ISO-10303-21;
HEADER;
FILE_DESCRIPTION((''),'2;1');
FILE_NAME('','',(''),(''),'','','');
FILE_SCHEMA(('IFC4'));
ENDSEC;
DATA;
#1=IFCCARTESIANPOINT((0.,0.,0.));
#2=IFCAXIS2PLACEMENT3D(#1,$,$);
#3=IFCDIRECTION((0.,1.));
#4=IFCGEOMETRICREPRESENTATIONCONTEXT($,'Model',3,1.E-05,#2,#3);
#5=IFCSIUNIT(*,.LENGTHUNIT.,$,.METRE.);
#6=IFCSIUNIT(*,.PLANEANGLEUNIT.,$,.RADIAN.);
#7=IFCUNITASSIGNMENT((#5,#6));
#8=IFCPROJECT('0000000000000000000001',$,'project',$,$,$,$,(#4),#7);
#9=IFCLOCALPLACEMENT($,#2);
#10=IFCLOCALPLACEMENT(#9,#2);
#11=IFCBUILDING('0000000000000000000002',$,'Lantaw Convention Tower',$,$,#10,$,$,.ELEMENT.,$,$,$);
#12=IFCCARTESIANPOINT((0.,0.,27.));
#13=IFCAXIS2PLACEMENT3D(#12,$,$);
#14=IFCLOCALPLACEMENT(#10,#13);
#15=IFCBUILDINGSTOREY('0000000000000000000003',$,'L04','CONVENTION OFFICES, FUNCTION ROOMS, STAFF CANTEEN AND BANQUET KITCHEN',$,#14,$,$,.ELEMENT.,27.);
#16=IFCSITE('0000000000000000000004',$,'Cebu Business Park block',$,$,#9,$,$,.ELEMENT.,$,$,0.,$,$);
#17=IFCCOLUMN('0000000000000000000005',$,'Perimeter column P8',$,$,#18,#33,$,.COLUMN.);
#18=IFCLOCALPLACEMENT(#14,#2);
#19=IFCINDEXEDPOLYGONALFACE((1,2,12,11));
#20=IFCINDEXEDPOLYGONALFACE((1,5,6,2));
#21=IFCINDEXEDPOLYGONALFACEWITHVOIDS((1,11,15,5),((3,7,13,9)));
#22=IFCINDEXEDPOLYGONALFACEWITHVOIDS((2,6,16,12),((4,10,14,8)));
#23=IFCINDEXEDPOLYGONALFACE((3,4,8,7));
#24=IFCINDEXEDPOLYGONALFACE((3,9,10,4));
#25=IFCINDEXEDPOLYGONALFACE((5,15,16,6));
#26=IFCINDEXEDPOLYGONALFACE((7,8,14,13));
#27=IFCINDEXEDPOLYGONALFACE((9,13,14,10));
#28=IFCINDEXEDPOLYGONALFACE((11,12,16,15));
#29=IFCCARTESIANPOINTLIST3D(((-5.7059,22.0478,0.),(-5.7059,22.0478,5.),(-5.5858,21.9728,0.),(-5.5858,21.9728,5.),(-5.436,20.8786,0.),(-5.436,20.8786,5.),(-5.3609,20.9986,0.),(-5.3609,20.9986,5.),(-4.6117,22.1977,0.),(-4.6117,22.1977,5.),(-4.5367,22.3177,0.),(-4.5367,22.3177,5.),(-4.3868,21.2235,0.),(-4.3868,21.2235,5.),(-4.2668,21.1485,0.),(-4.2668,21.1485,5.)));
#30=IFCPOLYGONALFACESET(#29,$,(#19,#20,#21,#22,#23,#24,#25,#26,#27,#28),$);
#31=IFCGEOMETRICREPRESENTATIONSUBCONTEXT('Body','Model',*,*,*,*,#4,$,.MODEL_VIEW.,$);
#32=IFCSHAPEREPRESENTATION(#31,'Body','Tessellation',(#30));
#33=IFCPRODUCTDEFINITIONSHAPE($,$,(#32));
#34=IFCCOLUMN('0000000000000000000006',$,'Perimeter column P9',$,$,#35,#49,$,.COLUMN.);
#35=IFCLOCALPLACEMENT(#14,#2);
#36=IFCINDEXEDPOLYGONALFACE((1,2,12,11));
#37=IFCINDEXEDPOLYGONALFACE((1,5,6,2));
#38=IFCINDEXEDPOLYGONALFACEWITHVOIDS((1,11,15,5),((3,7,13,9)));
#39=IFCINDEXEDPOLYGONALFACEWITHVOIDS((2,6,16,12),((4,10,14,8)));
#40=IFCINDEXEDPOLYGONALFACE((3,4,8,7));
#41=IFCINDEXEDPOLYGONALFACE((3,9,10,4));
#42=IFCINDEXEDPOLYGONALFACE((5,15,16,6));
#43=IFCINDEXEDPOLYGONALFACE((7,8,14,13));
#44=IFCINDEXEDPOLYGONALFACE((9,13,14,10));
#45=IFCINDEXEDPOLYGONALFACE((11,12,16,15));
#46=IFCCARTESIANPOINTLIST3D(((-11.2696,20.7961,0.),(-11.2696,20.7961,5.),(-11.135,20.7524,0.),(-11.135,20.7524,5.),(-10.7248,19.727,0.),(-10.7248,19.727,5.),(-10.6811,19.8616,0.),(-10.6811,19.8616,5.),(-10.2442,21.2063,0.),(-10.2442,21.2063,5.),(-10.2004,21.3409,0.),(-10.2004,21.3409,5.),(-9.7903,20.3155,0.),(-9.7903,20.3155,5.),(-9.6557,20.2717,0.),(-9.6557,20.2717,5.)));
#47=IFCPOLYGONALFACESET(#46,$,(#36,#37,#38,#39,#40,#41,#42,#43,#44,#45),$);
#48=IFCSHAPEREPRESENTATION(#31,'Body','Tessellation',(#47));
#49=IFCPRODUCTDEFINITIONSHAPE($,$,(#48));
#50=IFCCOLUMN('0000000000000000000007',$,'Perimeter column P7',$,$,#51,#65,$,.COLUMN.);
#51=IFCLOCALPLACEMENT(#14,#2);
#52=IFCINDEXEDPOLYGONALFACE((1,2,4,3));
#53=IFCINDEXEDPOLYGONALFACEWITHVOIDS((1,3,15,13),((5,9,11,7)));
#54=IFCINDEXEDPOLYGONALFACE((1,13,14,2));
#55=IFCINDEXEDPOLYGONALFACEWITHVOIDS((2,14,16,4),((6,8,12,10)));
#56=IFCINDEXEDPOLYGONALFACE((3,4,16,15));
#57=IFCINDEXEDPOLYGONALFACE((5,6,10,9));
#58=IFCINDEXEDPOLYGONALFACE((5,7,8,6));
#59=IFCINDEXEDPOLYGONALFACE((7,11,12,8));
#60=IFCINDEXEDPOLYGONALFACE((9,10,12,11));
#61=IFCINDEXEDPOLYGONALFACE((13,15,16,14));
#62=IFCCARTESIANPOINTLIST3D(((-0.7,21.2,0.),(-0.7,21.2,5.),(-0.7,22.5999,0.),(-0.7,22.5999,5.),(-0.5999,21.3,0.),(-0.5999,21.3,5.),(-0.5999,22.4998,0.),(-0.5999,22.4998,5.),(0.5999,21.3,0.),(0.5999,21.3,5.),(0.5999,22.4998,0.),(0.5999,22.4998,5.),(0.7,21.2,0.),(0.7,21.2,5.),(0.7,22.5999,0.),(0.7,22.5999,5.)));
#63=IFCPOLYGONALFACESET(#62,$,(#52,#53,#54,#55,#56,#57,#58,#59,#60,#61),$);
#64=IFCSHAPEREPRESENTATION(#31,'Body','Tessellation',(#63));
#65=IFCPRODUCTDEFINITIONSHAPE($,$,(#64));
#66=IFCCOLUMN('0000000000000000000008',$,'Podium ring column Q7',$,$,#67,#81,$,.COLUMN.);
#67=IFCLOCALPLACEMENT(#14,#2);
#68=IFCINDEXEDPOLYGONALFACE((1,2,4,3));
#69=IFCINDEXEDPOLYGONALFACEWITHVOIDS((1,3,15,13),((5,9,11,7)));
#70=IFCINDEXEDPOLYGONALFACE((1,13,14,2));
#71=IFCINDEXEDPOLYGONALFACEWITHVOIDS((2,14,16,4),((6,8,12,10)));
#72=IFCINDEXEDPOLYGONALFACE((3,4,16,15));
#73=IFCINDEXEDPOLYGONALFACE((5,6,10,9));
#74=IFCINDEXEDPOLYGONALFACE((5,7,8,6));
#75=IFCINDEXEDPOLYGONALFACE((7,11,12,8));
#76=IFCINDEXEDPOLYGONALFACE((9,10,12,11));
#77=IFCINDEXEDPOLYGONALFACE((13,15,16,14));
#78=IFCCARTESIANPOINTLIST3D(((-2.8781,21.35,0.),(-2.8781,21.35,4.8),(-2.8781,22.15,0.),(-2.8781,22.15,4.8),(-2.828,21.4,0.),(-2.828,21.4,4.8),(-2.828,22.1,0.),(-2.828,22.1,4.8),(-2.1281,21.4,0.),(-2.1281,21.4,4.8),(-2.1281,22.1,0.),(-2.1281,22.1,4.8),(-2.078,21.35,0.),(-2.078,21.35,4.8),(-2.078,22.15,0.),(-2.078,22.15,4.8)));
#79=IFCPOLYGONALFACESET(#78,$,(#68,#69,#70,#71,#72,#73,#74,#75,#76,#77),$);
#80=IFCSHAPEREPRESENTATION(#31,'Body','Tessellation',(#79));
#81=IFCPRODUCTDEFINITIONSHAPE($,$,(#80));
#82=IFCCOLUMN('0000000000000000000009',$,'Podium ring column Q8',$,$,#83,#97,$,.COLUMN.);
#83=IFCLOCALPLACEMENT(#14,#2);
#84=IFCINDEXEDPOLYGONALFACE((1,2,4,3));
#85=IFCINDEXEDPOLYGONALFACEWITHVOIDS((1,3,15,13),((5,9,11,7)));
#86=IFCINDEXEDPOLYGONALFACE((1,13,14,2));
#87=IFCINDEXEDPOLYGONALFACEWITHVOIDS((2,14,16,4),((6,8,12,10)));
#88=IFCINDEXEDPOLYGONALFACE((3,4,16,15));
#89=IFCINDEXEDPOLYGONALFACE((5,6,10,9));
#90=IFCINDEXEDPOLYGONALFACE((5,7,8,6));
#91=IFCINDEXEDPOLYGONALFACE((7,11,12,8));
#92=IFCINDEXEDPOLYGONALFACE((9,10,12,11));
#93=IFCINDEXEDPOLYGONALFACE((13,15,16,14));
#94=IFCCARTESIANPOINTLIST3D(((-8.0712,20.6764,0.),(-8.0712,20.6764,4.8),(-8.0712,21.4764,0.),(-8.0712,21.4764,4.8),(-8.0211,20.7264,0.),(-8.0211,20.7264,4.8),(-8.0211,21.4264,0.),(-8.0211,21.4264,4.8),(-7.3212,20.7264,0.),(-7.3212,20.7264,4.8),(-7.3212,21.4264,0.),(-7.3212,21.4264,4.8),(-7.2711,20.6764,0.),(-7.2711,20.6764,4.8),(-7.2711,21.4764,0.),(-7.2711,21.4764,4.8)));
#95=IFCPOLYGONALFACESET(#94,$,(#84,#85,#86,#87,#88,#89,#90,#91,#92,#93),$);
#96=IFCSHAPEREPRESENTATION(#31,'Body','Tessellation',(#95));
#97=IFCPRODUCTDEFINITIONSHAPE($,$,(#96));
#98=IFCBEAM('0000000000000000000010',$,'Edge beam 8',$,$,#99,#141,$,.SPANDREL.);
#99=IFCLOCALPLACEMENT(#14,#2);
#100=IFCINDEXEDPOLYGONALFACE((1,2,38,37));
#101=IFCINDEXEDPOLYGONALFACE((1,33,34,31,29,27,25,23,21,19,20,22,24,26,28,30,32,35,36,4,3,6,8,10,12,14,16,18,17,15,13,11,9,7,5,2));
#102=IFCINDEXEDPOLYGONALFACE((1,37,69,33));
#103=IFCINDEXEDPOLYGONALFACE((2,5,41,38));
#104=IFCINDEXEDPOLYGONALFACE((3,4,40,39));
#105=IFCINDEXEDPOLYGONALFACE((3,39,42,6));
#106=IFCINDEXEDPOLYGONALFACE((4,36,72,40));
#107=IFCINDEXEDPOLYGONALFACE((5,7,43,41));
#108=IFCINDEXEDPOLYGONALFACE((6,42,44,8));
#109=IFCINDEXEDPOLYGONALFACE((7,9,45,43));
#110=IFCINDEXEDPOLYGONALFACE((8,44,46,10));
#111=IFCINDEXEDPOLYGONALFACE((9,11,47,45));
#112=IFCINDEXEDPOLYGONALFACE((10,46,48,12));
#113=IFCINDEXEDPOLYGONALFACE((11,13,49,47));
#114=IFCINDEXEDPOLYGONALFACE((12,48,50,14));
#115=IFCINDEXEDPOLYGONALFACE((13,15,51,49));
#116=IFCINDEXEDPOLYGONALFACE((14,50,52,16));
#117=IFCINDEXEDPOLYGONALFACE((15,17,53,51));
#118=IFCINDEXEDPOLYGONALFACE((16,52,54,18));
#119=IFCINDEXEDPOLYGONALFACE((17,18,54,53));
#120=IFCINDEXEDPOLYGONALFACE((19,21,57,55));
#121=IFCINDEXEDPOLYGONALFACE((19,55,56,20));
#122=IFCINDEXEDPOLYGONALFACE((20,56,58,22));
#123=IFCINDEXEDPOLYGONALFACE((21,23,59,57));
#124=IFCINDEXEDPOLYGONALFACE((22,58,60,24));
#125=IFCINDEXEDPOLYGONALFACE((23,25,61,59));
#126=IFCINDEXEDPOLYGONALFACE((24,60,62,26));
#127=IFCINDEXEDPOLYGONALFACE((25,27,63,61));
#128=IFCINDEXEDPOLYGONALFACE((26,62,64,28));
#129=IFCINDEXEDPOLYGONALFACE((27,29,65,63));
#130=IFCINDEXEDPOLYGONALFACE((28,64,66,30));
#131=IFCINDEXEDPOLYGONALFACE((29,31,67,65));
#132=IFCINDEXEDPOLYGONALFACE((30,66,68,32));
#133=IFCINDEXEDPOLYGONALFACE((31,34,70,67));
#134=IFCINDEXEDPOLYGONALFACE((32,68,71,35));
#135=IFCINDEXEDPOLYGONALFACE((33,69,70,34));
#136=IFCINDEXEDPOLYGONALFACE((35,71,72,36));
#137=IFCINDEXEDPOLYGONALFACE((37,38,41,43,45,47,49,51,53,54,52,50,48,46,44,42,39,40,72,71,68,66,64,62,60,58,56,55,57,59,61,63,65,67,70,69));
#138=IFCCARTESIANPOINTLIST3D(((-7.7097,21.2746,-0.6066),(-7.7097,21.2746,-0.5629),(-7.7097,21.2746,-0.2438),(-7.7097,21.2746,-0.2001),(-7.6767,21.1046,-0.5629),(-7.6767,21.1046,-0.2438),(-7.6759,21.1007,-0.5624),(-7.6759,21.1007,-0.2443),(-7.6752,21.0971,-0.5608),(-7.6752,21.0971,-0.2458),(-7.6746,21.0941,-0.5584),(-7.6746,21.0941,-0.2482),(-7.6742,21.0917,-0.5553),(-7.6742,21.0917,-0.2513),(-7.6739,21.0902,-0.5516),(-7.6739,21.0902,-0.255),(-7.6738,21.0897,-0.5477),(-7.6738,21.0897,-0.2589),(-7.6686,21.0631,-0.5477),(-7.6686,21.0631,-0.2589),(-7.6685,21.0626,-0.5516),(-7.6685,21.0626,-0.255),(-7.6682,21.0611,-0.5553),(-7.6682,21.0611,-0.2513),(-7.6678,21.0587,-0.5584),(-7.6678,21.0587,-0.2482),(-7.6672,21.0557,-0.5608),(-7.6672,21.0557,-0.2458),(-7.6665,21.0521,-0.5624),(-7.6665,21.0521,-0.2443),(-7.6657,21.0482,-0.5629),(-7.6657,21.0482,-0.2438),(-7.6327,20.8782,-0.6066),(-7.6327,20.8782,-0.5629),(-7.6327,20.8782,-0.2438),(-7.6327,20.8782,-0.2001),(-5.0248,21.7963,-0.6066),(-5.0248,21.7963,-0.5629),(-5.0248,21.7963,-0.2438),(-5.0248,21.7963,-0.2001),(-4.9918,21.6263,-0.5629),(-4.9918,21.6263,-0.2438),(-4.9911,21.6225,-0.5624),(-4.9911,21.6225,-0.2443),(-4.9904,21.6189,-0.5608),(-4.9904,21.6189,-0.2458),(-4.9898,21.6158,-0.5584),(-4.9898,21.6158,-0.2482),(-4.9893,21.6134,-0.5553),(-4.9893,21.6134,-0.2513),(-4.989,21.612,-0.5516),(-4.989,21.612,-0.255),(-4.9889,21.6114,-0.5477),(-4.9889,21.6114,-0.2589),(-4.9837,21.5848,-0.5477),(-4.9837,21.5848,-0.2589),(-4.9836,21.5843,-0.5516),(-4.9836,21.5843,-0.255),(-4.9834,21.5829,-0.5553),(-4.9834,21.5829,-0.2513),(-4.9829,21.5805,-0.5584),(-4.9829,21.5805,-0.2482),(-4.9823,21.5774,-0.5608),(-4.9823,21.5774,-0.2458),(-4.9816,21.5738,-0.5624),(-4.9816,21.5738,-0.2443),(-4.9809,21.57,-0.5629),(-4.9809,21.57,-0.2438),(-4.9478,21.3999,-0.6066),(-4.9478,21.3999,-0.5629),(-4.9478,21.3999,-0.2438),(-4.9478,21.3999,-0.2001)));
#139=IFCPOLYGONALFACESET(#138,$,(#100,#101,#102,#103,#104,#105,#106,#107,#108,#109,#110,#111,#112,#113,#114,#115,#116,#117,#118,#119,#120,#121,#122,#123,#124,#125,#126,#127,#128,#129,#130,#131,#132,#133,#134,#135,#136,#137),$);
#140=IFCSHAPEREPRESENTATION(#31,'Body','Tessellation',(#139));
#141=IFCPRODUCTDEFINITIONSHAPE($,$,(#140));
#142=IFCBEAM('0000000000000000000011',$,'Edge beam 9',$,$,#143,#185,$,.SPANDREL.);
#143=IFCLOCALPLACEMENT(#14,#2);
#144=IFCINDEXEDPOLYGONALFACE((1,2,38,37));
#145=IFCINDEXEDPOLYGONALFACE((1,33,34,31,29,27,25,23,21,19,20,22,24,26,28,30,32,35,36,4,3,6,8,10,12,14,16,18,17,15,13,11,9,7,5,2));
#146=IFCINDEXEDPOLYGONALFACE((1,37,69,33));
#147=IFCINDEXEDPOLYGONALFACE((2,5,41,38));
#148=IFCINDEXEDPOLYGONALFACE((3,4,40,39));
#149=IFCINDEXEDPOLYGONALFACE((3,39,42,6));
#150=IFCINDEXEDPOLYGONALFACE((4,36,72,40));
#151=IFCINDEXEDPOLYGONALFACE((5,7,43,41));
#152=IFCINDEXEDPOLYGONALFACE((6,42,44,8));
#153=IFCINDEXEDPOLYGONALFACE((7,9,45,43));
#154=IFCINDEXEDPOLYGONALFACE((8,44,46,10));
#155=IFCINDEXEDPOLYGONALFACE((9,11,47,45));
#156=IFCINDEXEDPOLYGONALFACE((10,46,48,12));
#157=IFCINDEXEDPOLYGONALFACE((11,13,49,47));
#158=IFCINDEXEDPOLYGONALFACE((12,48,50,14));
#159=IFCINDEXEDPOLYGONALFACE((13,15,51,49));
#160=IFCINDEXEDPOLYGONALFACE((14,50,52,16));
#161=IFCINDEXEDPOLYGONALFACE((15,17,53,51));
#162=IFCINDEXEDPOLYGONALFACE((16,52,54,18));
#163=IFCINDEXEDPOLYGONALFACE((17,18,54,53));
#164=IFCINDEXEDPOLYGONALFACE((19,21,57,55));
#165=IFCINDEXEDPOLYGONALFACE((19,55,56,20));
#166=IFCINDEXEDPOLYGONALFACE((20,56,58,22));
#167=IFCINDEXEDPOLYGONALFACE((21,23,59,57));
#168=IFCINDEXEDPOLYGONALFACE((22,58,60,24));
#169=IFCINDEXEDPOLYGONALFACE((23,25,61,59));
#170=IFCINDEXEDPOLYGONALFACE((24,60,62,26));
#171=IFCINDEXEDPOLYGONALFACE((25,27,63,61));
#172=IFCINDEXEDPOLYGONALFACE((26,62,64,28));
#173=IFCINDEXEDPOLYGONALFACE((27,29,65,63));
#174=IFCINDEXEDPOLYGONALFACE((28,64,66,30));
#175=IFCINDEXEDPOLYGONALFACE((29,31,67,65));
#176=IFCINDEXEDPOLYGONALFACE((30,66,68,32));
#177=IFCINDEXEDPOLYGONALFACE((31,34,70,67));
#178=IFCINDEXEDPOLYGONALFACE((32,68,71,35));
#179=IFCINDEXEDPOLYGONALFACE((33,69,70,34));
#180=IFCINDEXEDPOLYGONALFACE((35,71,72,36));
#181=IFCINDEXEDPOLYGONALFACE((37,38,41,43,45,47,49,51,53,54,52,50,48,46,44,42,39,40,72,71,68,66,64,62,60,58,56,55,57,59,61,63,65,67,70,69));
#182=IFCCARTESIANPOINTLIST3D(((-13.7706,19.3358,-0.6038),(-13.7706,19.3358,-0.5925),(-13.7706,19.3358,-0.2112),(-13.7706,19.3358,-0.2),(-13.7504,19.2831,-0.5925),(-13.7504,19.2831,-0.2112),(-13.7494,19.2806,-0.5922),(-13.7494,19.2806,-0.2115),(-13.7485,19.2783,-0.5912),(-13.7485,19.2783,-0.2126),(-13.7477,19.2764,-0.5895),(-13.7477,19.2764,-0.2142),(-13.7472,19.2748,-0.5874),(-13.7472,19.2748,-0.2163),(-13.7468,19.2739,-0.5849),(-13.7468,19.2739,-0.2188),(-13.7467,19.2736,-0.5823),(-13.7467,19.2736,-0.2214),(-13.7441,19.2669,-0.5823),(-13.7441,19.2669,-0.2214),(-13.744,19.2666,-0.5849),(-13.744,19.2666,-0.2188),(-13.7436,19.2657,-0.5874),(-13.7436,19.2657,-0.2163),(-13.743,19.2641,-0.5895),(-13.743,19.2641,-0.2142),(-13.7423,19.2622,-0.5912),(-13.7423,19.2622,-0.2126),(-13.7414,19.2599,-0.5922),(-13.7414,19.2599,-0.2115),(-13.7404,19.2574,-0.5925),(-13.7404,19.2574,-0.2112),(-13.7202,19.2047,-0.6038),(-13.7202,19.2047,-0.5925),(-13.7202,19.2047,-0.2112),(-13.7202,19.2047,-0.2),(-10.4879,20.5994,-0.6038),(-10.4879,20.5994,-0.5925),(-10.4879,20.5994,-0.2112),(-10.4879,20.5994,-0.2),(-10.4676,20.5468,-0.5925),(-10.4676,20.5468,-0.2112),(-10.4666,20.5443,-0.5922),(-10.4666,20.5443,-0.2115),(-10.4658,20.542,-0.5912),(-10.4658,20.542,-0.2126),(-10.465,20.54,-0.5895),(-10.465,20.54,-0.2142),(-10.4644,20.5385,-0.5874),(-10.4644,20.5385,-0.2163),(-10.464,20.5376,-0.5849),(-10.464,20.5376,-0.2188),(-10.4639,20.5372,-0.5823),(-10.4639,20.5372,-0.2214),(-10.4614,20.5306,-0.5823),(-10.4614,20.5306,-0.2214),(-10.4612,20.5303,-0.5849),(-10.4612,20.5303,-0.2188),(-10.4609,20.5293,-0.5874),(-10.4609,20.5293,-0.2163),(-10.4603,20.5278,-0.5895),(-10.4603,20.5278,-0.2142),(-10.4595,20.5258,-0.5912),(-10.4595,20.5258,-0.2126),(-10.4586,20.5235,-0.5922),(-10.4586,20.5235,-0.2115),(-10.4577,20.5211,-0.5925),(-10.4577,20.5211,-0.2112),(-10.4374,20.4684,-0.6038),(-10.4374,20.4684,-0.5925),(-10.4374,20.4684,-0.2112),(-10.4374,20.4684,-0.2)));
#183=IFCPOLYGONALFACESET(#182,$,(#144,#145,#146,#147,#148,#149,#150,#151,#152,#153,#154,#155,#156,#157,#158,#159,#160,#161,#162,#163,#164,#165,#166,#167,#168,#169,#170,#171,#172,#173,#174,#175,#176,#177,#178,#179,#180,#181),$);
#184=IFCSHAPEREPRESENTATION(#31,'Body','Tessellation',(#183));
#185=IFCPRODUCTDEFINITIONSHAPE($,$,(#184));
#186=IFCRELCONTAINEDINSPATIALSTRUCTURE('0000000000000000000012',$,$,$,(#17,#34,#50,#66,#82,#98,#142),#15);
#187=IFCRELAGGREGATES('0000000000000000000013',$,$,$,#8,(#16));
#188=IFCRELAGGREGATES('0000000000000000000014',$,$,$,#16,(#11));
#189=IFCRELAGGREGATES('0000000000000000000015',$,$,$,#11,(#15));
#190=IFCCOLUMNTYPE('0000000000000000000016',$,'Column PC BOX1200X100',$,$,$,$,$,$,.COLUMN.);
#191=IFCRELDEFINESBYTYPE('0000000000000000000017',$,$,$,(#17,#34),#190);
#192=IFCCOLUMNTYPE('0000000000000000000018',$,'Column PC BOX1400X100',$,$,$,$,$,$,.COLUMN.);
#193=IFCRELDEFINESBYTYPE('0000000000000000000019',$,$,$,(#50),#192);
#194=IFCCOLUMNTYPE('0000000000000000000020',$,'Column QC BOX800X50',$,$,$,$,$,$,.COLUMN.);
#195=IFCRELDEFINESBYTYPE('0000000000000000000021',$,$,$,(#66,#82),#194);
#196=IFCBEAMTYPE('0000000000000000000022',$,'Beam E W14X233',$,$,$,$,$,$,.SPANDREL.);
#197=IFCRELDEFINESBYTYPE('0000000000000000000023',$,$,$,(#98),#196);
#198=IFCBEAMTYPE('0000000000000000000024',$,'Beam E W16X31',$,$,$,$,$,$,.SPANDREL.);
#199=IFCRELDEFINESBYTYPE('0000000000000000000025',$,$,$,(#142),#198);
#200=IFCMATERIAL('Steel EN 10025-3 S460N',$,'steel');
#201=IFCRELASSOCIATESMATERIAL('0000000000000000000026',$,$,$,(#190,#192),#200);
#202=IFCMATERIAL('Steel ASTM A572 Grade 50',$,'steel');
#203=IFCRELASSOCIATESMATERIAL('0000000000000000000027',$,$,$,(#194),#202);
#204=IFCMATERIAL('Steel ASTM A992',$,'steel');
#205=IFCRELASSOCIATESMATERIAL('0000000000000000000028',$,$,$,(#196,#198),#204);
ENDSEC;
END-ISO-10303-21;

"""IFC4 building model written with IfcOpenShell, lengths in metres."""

from ifc_helpers import new_model, si_unit, direction, frame, origin, origin_2d, place, context, subcontext, project, spatial, rectangle, hollow_rectangle, i_section, extrude, material, material_profile, profile_set, type_object, element, save


model = new_model("IFC4")

# Units and contexts
model_context = context("Model", 3, precision=1e-05, world=origin(), true_north=direction((0.0, 1.0)))
body_context = subcontext(model_context, "Body", "Model", "MODEL_VIEW")
ifc_project = project(units=[si_unit("LENGTHUNIT", "METRE"), si_unit("PLANEANGLEUNIT", "RADIAN")], contexts=[model_context])

# Site, building, storey
site_placement = place(None, origin())
site = spatial("IfcSite", under=ifc_project, at=site_placement, Name="Cebu Business Park block", CompositionType="ELEMENT", RefElevation=0.0)
building_placement = place(site_placement, origin())
building = spatial("IfcBuilding", under=site, at=building_placement, Name="Lantaw Convention Tower", CompositionType="ELEMENT")
storey_placement = place(building_placement, frame((0.0, 0.0, 27.0)))
storey = spatial("IfcBuildingStorey", under=building, at=storey_placement, Name="L04", Description="CONVENTION OFFICES, FUNCTION ROOMS, STAFF CANTEEN AND BANQUET KITCHEN", CompositionType="ELEMENT", Elevation=27.0)

# Columns
ifc_material_1 = material(Name="Steel EN 10025-3 S460N", Category="steel")
ifc_material_profile_1 = material_profile(ifc_material_1, hollow_rectangle(XDim=1.2, YDim=1.2, WallThickness=0.1001, at=origin_2d()), Name="BOX1200X100")
ifc_material_2 = material(Name="Concrete C60/75", Category="concrete")
ifc_material_profile_2 = material_profile(ifc_material_2, rectangle(XDim=1.0, YDim=1.0, at=origin_2d()), Name="Concrete fill of BOX1200X100")
ifc_profile_set_1 = profile_set([ifc_material_profile_1, ifc_material_profile_2], Name="Steel EN 10025-3 S460N")
column_type_1 = type_object("IfcColumnType", Name="Column PC BOX1200X100", PredefinedType="COLUMN", material=ifc_profile_set_1)
for number, where, z_axis, x_axis, name in (
    (1, (-4.9863, 21.5981, 0.0), (0.0, 0.0, 1.0), (0.97437, 0.224951, 0.0), "Perimeter column P8"),
    (2, (-10.4626, 20.5339, 0.0), (0.0, 0.0, 1.0), (0.891007, 0.45399, 0.0), "Perimeter column P9"),
):
    element("IfcColumn", number, at=place(storey_placement, frame(where, z_axis=z_axis, x_axis=x_axis)), inside=storey, type_object=column_type_1, Name=name, PredefinedType="COLUMN", context=body_context, shape_type="SweptSolid", body=[
        extrude(hollow_rectangle(XDim=1.2, YDim=1.2, WallThickness=0.1001, at=origin_2d()), origin(), (0.0, 0.0, 1.0), 5.0),
    ])
ifc_material_profile_3 = material_profile(ifc_material_1, hollow_rectangle(XDim=1.3999, YDim=1.3999, WallThickness=0.1001, at=origin_2d()), Name="BOX1400X100")
ifc_material_profile_4 = material_profile(ifc_material_2, rectangle(XDim=1.2, YDim=1.2, at=origin_2d()), Name="Concrete fill of BOX1400X100")
ifc_profile_set_2 = profile_set([ifc_material_profile_3, ifc_material_profile_4], Name="Steel EN 10025-3 S460N")
column_type_2 = type_object("IfcColumnType", Name="Column PC BOX1400X100", PredefinedType="COLUMN", material=ifc_profile_set_2)
column_placement = place(storey_placement, frame((0.0, 21.8999, 0.0), z_axis=(0.0, 0.0, 1.0), x_axis=(1.0, 0.0, 0.0)))
element("IfcColumn", 3, at=column_placement, inside=storey, type_object=column_type_2, Name="Perimeter column P7", PredefinedType="COLUMN", context=body_context, shape_type="SweptSolid", body=[
    extrude(hollow_rectangle(XDim=1.3999, YDim=1.3999, WallThickness=0.1001, at=origin_2d()), origin(), (0.0, 0.0, 1.0), 5.0),
])
ifc_material_3 = material(Name="Steel ASTM A572 Grade 50", Category="steel")
ifc_material_profile_5 = material_profile(ifc_material_3, hollow_rectangle(XDim=0.8, YDim=0.8, WallThickness=0.05, at=origin_2d()), Name="BOX800X50")
ifc_profile_set_3 = profile_set([ifc_material_profile_5], Name="Steel ASTM A572 Grade 50")
column_type_3 = type_object("IfcColumnType", Name="Column QC BOX800X50", PredefinedType="COLUMN", material=ifc_profile_set_3)
for number, where, z_axis, x_axis, name in (
    (4, (-2.478, 21.75, 0.0), (0.0, 0.0, 1.0), (1.0, 0.0, 0.0), "Podium ring column Q7"),
    (5, (-7.6711, 21.0764, 0.0), (0.0, 0.0, 1.0), (1.0, 0.0, 0.0), "Podium ring column Q8"),
):
    element("IfcColumn", number, at=place(storey_placement, frame(where, z_axis=z_axis, x_axis=x_axis)), inside=storey, type_object=column_type_3, Name=name, PredefinedType="COLUMN", context=body_context, shape_type="SweptSolid", body=[
        extrude(hollow_rectangle(XDim=0.8, YDim=0.8, WallThickness=0.05, at=origin_2d()), origin(), (0.0, 0.0, 1.0), 4.8),
    ])

# Beams
ifc_material_4 = material(Name="Steel ASTM A992", Category="steel")
ifc_material_profile_6 = material_profile(ifc_material_4, i_section(OverallWidth=0.4038, OverallDepth=0.4065, WebThickness=0.0271, FlangeThickness=0.0437, FilletRadius=0.0151, at=origin_2d()), Name="W14X233")
ifc_profile_set_4 = profile_set([ifc_material_profile_6], Name="Steel ASTM A992")
beam_type_1 = type_object("IfcBeamType", Name="Beam E W14X233", PredefinedType="SPANDREL", material=ifc_profile_set_4)
beam_1_placement = place(storey_placement, frame((-4.9863, 21.5981, -0.4033), z_axis=(-0.981637, -0.190757, 0.0), x_axis=(0.190757, -0.981637, 0.0)))
element("IfcBeam", 6, at=beam_1_placement, inside=storey, type_object=beam_type_1, Name="Edge beam 8", PredefinedType="SPANDREL", context=body_context, shape_type="SweptSolid", body=[
    extrude(i_section(OverallWidth=0.4038, OverallDepth=0.4065, WebThickness=0.0271, FlangeThickness=0.0437, FilletRadius=0.0151, at=origin_2d()), origin(), (0.0, 0.0, 1.0), 2.7351),
])
ifc_material_profile_7 = material_profile(ifc_material_4, i_section(OverallWidth=0.1404, OverallDepth=0.4038, WebThickness=0.0071, FlangeThickness=0.0112, FilletRadius=0.0103, at=origin_2d()), Name="W16X31")
ifc_profile_set_5 = profile_set([ifc_material_profile_7], Name="Steel ASTM A992")
beam_type_2 = type_object("IfcBeamType", Name="Beam E W16X31", PredefinedType="SPANDREL", material=ifc_profile_set_5)
beam_2_placement = place(storey_placement, frame((-10.4626, 20.5339, -0.4019), z_axis=(-0.933242, -0.359249, 0.0), x_axis=(0.359249, -0.933242, 0.0)))
element("IfcBeam", 7, at=beam_2_placement, inside=storey, type_object=beam_type_2, Name="Edge beam 9", PredefinedType="SPANDREL", context=body_context, shape_type="SweptSolid", body=[
    extrude(i_section(OverallWidth=0.1404, OverallDepth=0.4038, WebThickness=0.0071, FlangeThickness=0.0112, FilletRadius=0.0103, at=origin_2d()), origin(), (0.0, 0.0, 1.0), 3.5176),
])

save(model, "model.ifc")
